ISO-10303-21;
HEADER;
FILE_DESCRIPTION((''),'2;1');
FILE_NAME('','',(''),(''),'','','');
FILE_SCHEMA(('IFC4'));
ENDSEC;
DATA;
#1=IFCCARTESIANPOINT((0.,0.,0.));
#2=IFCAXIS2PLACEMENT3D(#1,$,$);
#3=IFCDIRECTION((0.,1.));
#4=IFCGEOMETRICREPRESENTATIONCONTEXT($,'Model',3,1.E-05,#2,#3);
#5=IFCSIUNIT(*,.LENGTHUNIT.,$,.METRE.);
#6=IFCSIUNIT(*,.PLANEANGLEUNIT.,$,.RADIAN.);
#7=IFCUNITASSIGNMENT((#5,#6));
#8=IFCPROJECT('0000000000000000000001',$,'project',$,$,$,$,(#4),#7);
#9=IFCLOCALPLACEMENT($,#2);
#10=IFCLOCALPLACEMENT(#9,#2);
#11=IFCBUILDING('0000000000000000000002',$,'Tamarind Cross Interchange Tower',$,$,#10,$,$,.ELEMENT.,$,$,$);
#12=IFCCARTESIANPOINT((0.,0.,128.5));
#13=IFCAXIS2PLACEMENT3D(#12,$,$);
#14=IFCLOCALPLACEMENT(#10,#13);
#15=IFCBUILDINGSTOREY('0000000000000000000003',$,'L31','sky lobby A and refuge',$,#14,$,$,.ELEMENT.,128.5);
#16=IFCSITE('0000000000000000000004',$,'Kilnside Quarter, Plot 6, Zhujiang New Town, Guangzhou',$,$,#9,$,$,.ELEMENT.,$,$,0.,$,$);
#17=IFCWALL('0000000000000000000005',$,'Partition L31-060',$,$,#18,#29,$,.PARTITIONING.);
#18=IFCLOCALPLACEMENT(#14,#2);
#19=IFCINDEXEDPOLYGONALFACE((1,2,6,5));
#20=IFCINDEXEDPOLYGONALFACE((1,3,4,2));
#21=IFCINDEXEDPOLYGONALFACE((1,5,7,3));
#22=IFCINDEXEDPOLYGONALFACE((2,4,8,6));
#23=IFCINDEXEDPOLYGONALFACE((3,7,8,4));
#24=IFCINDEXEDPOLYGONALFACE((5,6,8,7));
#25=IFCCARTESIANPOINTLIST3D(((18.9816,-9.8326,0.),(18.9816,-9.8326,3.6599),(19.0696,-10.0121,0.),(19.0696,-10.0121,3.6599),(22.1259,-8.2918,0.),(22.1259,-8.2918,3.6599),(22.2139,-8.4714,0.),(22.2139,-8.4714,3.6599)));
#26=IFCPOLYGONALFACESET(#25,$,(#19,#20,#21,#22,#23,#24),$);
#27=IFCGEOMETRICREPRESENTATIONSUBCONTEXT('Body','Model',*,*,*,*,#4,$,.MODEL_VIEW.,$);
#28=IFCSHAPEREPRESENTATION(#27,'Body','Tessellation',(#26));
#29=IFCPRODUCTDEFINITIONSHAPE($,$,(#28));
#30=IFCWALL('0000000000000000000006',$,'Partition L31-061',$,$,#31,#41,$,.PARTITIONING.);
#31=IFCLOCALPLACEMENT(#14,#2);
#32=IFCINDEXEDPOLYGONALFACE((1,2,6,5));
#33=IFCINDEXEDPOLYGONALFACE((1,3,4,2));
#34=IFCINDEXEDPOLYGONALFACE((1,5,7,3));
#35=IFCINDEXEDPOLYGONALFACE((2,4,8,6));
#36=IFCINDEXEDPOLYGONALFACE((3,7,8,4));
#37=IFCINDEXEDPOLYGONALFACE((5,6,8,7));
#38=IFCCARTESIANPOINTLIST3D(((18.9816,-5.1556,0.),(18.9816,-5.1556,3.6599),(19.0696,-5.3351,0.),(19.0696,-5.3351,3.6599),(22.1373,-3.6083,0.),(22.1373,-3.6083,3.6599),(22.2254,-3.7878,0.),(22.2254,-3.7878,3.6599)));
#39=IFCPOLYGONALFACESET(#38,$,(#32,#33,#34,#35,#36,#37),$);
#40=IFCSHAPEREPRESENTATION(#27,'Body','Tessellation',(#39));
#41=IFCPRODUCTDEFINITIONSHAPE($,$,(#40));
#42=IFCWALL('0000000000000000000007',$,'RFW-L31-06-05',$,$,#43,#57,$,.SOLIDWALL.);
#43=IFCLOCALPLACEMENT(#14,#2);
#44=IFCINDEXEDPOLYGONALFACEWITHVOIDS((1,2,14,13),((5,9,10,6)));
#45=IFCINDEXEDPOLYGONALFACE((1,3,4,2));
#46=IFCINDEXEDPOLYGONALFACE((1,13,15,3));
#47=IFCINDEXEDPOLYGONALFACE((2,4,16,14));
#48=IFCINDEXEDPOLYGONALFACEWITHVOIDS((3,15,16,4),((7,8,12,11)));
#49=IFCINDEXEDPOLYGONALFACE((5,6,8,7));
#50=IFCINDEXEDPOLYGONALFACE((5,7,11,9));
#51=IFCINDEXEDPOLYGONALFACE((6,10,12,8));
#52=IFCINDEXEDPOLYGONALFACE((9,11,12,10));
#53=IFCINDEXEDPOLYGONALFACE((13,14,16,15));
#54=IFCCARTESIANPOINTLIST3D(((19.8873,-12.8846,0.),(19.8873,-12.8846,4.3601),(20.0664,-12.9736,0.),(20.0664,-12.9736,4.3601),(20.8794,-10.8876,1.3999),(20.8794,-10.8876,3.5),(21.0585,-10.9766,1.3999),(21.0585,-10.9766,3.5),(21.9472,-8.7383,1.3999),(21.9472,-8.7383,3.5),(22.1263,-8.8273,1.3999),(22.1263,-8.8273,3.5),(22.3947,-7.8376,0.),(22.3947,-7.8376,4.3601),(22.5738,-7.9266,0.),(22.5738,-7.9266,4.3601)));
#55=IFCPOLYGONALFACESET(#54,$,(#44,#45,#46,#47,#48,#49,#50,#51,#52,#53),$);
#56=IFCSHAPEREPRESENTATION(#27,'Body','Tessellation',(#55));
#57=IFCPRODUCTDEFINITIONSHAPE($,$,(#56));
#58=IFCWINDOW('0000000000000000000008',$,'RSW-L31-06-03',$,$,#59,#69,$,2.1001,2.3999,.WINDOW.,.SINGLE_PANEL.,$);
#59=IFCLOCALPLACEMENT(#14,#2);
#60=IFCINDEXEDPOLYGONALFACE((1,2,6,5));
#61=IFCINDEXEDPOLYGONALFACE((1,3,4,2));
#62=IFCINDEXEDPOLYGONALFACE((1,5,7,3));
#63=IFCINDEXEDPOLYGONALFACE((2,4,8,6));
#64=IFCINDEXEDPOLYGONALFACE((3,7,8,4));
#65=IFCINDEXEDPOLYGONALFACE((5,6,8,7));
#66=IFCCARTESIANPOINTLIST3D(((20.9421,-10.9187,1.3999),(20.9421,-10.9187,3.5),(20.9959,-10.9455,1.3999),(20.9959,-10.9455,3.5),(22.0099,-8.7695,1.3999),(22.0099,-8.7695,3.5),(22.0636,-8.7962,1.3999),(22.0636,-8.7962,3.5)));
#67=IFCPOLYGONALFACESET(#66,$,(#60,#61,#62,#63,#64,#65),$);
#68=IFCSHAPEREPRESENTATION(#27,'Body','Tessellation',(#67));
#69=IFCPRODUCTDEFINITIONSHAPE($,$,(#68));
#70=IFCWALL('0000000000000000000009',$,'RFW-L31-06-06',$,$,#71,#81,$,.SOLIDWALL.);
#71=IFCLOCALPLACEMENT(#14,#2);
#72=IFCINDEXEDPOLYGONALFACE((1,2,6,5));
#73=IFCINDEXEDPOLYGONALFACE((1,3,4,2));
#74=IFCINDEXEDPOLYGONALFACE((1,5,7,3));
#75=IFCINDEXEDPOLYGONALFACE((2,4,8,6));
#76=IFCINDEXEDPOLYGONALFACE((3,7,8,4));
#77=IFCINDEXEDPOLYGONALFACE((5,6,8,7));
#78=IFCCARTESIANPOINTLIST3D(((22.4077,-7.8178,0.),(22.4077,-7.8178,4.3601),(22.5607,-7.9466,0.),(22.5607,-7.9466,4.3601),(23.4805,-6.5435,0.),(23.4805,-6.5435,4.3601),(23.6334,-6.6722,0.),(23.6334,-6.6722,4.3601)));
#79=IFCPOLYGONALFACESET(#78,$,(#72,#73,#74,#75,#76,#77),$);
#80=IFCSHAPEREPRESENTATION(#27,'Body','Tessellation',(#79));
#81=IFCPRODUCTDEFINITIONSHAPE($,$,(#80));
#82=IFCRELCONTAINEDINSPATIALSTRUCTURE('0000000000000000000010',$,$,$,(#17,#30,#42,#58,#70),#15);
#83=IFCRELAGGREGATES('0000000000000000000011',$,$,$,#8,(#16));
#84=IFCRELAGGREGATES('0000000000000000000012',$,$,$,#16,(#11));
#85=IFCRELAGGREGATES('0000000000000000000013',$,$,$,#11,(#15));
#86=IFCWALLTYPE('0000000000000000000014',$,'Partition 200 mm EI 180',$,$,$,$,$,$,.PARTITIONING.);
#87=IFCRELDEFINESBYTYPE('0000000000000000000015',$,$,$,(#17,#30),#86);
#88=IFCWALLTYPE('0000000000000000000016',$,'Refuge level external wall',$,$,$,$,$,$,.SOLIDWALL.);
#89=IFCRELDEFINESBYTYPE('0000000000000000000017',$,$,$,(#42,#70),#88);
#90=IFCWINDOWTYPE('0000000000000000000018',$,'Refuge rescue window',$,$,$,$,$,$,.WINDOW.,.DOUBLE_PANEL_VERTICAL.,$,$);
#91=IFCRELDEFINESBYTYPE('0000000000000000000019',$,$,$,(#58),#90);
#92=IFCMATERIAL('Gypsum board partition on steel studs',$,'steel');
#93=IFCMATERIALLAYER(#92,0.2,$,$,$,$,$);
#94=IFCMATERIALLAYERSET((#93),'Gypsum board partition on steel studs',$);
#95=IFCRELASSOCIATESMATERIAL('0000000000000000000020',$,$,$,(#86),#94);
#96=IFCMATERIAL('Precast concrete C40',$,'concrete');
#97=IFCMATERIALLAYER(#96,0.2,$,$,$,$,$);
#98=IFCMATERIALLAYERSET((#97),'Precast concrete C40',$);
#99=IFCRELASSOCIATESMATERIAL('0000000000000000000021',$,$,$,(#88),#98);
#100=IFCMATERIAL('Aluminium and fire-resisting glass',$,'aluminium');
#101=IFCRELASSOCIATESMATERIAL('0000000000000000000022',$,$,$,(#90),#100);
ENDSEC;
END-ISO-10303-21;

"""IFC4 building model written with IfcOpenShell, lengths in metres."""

from ifc_helpers import new_model, si_unit, direction, frame, frame_2d, origin, place, context, subcontext, project, spatial, rectangle, extrude, material, layer, layer_set, type_object, element, fill, save


model = new_model("IFC4")

# Units and contexts
model_context = context("Model", 3, precision=1e-05, world=origin(), true_north=direction((0.0, 1.0)))
body_context = subcontext(model_context, "Body", "Model", "MODEL_VIEW")
ifc_project = project(units=[si_unit("LENGTHUNIT", "METRE"), si_unit("PLANEANGLEUNIT", "RADIAN")], contexts=[model_context])

# Site, building, storey
site_placement = place(None, origin())
site = spatial("IfcSite", under=ifc_project, at=site_placement, Name="Kilnside Quarter, Plot 6, Zhujiang New Town, Guangzhou", CompositionType="ELEMENT", RefElevation=0.0)
building_placement = place(site_placement, origin())
building = spatial("IfcBuilding", under=site, at=building_placement, Name="Tamarind Cross Interchange Tower", CompositionType="ELEMENT")
storey_placement = place(building_placement, frame((0.0, 0.0, 128.5)))
storey = spatial("IfcBuildingStorey", under=building, at=storey_placement, Name="L31", Description="sky lobby A and refuge", CompositionType="ELEMENT", Elevation=128.5)

# Walls
ifc_material_1 = material(Name="Gypsum board partition on steel studs", Category="steel")
ifc_layer_1 = layer(ifc_material_1, 0.2)
ifc_layer_set_1 = layer_set([ifc_layer_1], Name="Gypsum board partition on steel studs")
wall_type_1 = type_object("IfcWallType", Name="Partition 200 mm EI 180", PredefinedType="PARTITIONING", material=ifc_layer_set_1)
wall_1_placement = place(storey_placement, frame((19.0256, -9.9224, 0.0), z_axis=(0.0, 0.0, 1.0), x_axis=(0.897982, 0.440032, 0.0)))
element("IfcWall", 1, at=wall_1_placement, inside=storey, type_object=wall_type_1, Name="Partition L31-060", PredefinedType="PARTITIONING", context=body_context, shape_type="SweptSolid", body=[
    extrude(rectangle(XDim=3.5015, YDim=0.2, at=frame_2d((1.7507, 0.0))), origin(), (0.0, 0.0, 1.0), 3.6599),
])
wall_2_placement = place(storey_placement, frame((19.0256, -5.2454, 0.0), z_axis=(0.0, 0.0, 1.0), x_axis=(0.897873, 0.440254, 0.0)))
element("IfcWall", 2, at=wall_2_placement, inside=storey, type_object=wall_type_1, Name="Partition L31-061", PredefinedType="PARTITIONING", context=body_context, shape_type="SweptSolid", body=[
    extrude(rectangle(XDim=3.5146, YDim=0.2, at=frame_2d((1.7573, 0.0))), origin(), (0.0, 0.0, 1.0), 3.6599),
])

# Wall, opening, window
ifc_material_2 = material(Name="Precast concrete C40", Category="concrete")
ifc_layer_2 = layer(ifc_material_2, 0.2)
ifc_layer_set_2 = layer_set([ifc_layer_2], Name="Precast concrete C40")
wall_type_2 = type_object("IfcWallType", Name="Refuge level external wall", PredefinedType="SOLIDWALL", material=ifc_layer_set_2)
wall_3_placement = place(storey_placement, frame((19.9768, -12.9292, 0.0), z_axis=(0.0, 0.0, 1.0), x_axis=(0.444925, 0.895568, 0.0)))
wall_3 = element("IfcWall", 3, at=wall_3_placement, inside=storey, type_object=wall_type_2, Name="RFW-L31-06-05", PredefinedType="SOLIDWALL", context=body_context, shape_type="SweptSolid", body=[
    extrude(rectangle(XDim=5.6355, YDim=0.2, at=frame_2d((2.8179, 0.0))), origin(), (0.0, 0.0, 1.0), 4.3601),
])
opening_placement = place(wall_3_placement, frame((2.23, 0.0, 1.3999)))
opening = element("IfcOpeningElement", 4, at=opening_placement, cuts=wall_3, PredefinedType="OPENING", context=body_context, shape_type="SweptSolid", body=[
    extrude(rectangle(XDim=2.3999, YDim=2.1001, at=frame_2d((1.2, 1.05))), frame((0.0, 0.1099, 0.0), z_axis=(0.0, -1.0, 0.0), x_axis=(1.0, 0.0, 0.0)), (0.0, 0.0, 1.0), 0.22),
])
ifc_material_3 = material(Name="Aluminium and fire-resisting glass", Category="aluminium")
window_type = type_object("IfcWindowType", Name="Refuge rescue window", PartitioningType="DOUBLE_PANEL_VERTICAL", PredefinedType="WINDOW", material=ifc_material_3)
window_placement = place(opening_placement, origin())
window = element("IfcWindow", 5, at=window_placement, inside=storey, type_object=window_type, Name="RSW-L31-06-03", OverallHeight=2.1001, OverallWidth=2.3999, PartitioningType="SINGLE_PANEL", PredefinedType="WINDOW", context=body_context, shape_type="SweptSolid", body=[
    extrude(rectangle(XDim=2.3999, YDim=2.1001, at=frame_2d((1.2, 1.05))), frame((0.0, 0.03, 0.0), z_axis=(0.0, -1.0, 0.0), x_axis=(1.0, 0.0, 0.0)), (0.0, 0.0, 1.0), 0.0601),
])
fill(opening, window)

# Wall
wall_4_placement = place(storey_placement, frame((22.4841, -7.8823, 0.0), z_axis=(0.0, 0.0, 1.0), x_axis=(0.643982, 0.76504, 0.0)))
element("IfcWall", 6, at=wall_4_placement, inside=storey, type_object=wall_type_2, Name="RFW-L31-06-06", PredefinedType="SOLIDWALL", context=body_context, shape_type="SweptSolid", body=[
    extrude(rectangle(XDim=1.6658, YDim=0.2, at=frame_2d((0.833, 0.0))), origin(), (0.0, 0.0, 1.0), 4.3601),
])

save(model, "model.ifc")
